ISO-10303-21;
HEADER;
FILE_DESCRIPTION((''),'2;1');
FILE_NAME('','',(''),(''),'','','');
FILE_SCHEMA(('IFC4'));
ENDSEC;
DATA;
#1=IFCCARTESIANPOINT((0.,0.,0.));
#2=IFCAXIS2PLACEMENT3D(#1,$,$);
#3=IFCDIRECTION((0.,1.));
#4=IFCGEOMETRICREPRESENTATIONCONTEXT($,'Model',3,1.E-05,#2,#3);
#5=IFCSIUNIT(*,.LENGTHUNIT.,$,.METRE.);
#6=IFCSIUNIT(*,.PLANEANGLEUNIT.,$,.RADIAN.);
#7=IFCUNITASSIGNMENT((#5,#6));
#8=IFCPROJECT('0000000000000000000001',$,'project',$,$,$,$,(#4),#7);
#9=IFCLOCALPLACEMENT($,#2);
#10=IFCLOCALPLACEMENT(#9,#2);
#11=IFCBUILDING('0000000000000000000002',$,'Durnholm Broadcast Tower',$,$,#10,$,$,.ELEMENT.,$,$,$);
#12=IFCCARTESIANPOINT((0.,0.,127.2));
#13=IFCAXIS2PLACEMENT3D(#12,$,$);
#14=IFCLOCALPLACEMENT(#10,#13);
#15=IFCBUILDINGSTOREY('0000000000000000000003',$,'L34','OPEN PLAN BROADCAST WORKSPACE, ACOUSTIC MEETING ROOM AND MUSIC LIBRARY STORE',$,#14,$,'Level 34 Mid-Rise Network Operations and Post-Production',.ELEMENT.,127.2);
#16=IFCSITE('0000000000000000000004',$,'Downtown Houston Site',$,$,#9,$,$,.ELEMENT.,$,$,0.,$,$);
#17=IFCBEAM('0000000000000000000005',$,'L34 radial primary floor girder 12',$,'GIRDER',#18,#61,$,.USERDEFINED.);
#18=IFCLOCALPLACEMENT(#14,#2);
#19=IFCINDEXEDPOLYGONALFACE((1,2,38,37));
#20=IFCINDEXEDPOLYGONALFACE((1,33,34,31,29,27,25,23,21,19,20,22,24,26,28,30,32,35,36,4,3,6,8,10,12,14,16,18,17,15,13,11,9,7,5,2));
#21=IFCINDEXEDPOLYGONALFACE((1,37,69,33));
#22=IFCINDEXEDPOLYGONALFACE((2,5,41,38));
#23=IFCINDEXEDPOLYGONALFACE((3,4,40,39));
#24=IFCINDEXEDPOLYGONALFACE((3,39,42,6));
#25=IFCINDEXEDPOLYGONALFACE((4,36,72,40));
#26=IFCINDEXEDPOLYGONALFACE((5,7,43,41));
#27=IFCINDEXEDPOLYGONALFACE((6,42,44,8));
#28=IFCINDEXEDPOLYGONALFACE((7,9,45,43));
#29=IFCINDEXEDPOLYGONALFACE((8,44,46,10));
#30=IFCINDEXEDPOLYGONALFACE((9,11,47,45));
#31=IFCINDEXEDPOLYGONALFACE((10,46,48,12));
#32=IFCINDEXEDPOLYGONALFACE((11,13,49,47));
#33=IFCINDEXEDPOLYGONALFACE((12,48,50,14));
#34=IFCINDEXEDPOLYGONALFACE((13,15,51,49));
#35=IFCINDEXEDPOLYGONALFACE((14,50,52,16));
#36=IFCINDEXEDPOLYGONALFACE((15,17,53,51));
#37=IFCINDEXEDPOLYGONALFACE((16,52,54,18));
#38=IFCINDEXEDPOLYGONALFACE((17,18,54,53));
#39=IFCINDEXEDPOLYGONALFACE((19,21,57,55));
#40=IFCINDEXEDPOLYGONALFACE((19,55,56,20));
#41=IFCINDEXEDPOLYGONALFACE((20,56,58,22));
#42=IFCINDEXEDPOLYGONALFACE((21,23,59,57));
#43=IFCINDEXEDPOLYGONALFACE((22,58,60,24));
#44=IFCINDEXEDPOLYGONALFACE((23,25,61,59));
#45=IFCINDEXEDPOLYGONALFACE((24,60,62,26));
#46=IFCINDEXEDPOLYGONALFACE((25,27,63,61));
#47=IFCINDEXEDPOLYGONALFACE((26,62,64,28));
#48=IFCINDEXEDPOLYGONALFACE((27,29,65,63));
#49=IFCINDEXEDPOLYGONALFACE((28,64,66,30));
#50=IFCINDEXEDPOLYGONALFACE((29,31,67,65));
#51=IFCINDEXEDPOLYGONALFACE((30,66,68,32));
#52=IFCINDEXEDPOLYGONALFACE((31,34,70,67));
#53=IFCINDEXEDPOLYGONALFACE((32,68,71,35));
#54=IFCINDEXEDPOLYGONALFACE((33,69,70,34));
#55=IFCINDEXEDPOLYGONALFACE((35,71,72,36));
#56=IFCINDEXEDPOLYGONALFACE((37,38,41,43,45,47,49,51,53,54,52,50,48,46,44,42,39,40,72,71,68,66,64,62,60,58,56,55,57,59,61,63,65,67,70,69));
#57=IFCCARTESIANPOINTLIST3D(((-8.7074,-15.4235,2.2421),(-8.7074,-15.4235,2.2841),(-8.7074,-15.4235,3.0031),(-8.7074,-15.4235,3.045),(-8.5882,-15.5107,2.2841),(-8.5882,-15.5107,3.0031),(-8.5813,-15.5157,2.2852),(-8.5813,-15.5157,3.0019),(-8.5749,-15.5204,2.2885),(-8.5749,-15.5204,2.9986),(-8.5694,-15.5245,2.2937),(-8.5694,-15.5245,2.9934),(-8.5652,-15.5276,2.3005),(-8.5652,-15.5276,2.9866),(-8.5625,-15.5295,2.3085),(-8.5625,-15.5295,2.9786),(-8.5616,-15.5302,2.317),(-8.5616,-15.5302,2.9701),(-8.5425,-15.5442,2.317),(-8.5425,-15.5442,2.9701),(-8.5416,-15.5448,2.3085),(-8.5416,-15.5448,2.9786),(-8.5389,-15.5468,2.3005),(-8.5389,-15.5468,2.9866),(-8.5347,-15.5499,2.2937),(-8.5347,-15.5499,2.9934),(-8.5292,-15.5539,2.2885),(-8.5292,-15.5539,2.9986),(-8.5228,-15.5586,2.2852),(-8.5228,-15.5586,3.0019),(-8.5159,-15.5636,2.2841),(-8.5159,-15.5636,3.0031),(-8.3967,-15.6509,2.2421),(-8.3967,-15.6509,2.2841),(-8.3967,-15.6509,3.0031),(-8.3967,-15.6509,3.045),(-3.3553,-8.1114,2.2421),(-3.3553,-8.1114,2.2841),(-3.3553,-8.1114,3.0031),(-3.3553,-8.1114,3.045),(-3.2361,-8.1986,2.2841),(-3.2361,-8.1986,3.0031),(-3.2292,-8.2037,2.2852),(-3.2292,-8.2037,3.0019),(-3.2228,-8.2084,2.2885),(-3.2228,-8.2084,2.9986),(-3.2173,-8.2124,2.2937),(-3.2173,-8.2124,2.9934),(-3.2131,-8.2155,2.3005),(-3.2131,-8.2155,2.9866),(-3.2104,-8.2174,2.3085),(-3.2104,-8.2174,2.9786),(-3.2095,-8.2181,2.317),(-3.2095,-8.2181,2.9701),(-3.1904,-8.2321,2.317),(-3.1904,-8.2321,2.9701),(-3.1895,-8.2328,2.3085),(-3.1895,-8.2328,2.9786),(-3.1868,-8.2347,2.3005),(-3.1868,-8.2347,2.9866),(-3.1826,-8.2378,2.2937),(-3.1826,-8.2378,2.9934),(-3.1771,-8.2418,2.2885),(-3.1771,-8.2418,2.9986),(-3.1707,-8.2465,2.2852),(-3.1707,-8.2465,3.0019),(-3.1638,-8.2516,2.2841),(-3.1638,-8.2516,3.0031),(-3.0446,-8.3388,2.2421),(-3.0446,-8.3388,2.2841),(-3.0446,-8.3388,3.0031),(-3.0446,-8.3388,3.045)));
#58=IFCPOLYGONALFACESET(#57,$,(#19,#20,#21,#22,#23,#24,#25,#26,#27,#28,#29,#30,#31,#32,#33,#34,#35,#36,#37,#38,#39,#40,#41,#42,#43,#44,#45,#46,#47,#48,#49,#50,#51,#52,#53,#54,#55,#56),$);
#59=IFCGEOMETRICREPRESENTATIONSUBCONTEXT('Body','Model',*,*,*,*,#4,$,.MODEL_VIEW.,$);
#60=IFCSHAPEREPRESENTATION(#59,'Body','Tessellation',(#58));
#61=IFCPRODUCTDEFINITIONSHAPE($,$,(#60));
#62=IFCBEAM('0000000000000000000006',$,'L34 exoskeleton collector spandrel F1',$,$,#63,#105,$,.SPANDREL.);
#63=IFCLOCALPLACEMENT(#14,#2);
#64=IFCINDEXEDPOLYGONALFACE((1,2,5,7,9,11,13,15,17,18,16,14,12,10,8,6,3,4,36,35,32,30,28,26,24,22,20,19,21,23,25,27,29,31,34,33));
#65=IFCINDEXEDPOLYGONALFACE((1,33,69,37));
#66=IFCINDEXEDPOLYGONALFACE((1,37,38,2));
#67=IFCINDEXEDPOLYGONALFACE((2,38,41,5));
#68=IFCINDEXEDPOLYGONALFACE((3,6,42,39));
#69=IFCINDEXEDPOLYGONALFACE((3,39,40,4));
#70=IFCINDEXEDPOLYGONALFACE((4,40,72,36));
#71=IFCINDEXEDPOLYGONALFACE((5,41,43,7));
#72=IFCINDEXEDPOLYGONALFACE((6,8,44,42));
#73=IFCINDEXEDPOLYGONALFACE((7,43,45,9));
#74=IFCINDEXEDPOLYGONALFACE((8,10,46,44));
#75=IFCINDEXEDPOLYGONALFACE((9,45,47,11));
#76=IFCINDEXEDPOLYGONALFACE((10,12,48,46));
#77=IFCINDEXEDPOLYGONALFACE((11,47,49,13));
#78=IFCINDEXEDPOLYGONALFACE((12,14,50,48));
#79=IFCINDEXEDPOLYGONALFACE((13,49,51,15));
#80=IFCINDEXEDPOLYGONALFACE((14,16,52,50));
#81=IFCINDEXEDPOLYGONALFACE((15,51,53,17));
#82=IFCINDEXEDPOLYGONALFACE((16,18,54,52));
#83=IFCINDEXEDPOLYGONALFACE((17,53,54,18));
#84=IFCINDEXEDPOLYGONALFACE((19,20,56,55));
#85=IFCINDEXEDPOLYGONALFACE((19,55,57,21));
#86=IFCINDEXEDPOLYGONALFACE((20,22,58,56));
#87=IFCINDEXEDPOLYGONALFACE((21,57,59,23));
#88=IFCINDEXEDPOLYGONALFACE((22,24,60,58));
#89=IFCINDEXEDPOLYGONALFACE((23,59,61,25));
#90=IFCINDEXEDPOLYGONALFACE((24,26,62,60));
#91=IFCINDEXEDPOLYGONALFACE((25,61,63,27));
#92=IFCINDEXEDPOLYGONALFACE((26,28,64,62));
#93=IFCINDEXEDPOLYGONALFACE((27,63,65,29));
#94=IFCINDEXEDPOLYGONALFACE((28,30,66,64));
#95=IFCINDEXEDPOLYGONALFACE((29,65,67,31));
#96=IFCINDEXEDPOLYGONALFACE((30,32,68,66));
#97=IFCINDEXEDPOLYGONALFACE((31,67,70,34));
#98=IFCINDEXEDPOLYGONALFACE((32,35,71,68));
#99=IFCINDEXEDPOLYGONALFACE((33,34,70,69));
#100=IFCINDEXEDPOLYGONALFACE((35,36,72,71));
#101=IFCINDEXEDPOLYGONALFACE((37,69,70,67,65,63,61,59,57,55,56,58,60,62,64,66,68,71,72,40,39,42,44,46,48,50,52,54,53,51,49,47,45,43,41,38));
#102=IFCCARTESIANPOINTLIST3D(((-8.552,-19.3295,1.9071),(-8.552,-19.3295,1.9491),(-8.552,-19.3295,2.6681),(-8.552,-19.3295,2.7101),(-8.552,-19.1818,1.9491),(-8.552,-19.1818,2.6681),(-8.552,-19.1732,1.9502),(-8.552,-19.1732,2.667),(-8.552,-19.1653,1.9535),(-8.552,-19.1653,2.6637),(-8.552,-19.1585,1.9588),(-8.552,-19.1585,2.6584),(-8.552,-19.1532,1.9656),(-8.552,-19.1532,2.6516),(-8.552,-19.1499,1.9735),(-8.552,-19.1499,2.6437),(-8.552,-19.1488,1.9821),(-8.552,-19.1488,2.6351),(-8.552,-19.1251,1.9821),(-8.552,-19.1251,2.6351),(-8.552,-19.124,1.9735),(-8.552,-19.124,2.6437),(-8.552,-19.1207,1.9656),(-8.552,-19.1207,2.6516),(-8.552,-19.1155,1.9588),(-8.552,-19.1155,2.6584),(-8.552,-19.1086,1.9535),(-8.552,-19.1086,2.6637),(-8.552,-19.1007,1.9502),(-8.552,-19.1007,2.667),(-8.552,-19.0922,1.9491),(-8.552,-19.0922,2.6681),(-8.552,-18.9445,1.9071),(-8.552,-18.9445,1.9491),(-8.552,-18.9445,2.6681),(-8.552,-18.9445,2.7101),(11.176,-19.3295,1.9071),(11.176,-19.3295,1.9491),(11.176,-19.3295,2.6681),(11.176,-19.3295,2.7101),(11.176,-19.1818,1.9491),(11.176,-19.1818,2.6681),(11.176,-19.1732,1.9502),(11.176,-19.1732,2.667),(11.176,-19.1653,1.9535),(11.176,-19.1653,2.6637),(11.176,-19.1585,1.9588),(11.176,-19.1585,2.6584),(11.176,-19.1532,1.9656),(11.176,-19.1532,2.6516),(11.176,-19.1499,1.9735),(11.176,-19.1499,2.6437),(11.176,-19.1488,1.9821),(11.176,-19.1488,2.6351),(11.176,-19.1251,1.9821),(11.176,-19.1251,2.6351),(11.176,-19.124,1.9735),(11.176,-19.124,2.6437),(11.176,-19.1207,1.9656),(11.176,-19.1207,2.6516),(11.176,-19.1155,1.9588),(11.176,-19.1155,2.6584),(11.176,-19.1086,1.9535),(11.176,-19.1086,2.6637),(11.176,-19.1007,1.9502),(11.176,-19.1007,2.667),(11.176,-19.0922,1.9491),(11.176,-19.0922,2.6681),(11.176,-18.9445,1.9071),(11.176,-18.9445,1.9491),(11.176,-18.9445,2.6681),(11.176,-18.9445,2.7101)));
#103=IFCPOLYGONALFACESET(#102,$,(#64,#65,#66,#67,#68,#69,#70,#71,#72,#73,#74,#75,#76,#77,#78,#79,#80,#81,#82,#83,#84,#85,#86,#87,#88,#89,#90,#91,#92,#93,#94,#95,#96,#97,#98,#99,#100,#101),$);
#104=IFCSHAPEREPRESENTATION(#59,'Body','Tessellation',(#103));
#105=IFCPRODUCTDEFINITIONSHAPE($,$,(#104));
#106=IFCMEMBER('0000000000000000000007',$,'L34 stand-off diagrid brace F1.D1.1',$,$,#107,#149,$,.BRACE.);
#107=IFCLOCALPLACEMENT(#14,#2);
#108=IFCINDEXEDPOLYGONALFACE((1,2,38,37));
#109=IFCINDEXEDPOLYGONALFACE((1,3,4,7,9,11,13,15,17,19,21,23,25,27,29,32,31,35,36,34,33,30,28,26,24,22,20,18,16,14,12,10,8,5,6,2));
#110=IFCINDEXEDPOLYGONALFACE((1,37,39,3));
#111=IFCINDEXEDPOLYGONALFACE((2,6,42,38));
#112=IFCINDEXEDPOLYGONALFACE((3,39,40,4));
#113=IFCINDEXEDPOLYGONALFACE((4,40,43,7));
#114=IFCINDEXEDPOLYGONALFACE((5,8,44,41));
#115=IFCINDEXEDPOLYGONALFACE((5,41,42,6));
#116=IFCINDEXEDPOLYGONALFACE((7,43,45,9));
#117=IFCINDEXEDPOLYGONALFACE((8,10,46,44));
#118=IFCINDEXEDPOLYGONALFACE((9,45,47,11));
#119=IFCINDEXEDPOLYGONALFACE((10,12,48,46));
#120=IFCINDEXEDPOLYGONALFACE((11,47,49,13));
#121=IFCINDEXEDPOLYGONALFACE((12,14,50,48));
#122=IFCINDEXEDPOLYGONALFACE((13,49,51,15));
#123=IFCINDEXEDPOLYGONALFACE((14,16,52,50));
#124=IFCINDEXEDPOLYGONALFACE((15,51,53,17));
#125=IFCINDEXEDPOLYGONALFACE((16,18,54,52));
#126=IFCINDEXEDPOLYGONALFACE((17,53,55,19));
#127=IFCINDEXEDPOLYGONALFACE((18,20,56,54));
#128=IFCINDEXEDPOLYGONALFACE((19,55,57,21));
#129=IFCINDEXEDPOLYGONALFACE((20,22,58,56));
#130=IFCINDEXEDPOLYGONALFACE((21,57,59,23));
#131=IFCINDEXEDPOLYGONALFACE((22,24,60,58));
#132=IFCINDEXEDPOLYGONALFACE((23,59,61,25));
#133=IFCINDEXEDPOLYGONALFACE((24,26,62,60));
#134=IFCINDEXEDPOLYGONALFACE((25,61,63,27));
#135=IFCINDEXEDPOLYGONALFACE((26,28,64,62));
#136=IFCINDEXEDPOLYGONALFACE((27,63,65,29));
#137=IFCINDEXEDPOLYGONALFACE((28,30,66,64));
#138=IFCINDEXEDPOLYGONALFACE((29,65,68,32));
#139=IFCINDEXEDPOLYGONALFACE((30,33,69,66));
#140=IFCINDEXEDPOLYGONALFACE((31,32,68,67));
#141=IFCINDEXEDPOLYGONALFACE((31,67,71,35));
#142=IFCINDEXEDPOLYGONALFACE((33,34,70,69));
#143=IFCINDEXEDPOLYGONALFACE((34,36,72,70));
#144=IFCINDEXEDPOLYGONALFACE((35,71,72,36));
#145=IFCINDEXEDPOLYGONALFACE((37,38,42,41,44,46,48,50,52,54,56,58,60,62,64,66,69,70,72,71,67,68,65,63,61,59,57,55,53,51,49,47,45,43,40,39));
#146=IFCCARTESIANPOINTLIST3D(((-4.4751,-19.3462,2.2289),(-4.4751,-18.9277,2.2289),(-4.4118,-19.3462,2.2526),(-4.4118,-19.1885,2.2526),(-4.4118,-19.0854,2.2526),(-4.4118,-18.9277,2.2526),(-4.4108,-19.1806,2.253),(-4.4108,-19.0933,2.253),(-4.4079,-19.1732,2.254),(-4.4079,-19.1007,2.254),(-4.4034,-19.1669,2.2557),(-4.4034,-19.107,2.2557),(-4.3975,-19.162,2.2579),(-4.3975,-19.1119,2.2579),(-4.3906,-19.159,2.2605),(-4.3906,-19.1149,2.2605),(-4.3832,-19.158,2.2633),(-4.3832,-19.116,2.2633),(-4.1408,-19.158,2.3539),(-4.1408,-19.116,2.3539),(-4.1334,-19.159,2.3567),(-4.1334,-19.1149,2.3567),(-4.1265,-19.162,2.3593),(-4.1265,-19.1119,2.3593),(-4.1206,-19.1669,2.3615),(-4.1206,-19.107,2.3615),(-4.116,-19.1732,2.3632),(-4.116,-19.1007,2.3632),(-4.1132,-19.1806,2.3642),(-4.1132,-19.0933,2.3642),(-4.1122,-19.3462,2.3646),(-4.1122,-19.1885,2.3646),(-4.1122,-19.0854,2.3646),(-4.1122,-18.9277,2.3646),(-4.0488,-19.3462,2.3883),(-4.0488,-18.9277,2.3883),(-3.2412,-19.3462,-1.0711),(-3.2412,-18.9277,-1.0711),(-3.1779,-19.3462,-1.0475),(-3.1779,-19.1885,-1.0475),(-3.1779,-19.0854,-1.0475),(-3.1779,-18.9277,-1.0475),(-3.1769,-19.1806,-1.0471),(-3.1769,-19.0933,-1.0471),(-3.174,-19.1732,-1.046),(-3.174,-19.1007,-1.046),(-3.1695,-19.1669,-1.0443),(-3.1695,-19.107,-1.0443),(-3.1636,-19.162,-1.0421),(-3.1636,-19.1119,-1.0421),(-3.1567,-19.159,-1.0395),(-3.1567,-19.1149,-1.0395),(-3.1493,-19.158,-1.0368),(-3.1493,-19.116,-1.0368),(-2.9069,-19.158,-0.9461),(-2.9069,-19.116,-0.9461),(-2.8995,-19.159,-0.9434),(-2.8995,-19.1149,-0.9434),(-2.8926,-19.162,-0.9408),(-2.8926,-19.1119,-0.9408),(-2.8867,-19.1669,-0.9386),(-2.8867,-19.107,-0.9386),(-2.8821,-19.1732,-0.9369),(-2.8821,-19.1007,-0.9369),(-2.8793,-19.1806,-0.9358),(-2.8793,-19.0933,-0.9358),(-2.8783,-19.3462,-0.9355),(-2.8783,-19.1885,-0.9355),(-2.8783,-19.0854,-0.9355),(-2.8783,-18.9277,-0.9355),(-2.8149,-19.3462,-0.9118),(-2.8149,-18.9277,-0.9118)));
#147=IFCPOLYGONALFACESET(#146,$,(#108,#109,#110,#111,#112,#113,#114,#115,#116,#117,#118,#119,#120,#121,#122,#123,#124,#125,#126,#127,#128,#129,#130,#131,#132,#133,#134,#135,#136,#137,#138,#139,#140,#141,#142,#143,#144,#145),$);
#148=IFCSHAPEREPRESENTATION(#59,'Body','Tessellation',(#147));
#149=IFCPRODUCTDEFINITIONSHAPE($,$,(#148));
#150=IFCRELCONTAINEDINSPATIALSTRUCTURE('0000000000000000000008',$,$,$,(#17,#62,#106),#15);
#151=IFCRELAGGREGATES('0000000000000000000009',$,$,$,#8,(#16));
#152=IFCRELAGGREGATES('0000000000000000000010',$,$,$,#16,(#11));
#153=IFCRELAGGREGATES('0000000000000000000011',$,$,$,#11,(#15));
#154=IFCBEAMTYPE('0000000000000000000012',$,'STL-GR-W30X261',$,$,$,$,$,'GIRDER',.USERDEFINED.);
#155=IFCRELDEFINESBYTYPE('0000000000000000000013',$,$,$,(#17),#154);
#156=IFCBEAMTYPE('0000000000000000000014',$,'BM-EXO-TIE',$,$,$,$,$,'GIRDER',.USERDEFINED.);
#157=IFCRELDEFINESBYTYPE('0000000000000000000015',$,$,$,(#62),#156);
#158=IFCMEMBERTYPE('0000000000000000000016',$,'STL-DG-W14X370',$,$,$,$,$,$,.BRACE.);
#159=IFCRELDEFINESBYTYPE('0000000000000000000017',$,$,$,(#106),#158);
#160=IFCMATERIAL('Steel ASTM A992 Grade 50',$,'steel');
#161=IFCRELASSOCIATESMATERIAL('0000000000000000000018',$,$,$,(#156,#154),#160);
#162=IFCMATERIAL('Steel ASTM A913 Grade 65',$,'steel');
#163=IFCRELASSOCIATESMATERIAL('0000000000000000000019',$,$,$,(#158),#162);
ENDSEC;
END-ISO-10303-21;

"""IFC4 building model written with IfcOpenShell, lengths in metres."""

from ifc_helpers import new_model, si_unit, direction, frame, origin, origin_2d, place, context, subcontext, project, spatial, i_section, extrude, source, transform, mapped, material, material_profile, profile_set, type_object, type_shapes, element, save


model = new_model("IFC4")

# Units and contexts
model_context = context("Model", 3, precision=1e-05, world=origin(), true_north=direction((0.0, 1.0)))
body_context = subcontext(model_context, "Body", "Model", "MODEL_VIEW")
ifc_project = project(units=[si_unit("LENGTHUNIT", "METRE"), si_unit("PLANEANGLEUNIT", "RADIAN")], contexts=[model_context])

# Site, building, storey
site_placement = place(None, origin())
site = spatial("IfcSite", under=ifc_project, at=site_placement, Name="Downtown Houston Site", CompositionType="ELEMENT", RefElevation=0.0)
building_placement = place(site_placement, origin())
building = spatial("IfcBuilding", under=site, at=building_placement, Name="Durnholm Broadcast Tower", CompositionType="ELEMENT")
storey_placement = place(building_placement, frame((0.0, 0.0, 127.2)))
storey = spatial("IfcBuildingStorey", under=building, at=storey_placement, Name="L34", Description="OPEN PLAN BROADCAST WORKSPACE, ACOUSTIC MEETING ROOM AND MUSIC LIBRARY STORE", LongName="Level 34 Mid-Rise Network Operations and Post-Production", CompositionType="ELEMENT", Elevation=127.2)

# Beams
ifc_material_1 = material(Name="Steel ASTM A992 Grade 50", Category="steel")
ifc_material_profile_1 = material_profile(ifc_material_1, i_section(OverallWidth=0.385, OverallDepth=0.803, WebThickness=0.0237, FlangeThickness=0.042, FilletRadius=0.033, at=origin_2d()), Name="W30X261")
ifc_profile_set_1 = profile_set([ifc_material_profile_1], Name="Steel ASTM A992 Grade 50")
beam_type_1 = type_object("IfcBeamType", Name="BM-EXO-TIE", ElementType="GIRDER", PredefinedType="USERDEFINED", material=ifc_profile_set_1)
ifc_material_profile_2 = material_profile(ifc_material_1, i_section(OverallWidth=0.385, OverallDepth=0.803, WebThickness=0.0237, FlangeThickness=0.042, FilletRadius=0.033, at=origin_2d()), Name="W30X261")
ifc_profile_set_2 = profile_set([ifc_material_profile_2], Name="Steel ASTM A992 Grade 50")
beam_type_2 = type_object("IfcBeamType", Name="STL-GR-W30X261", ElementType="GIRDER", PredefinedType="USERDEFINED", material=ifc_profile_set_2)
shared_shape_1 = source(origin(), body_context, "Body", "SweptSolid", [
    extrude(i_section(OverallWidth=0.385, OverallDepth=0.803, WebThickness=0.0237, FlangeThickness=0.042, FilletRadius=0.033, at=origin_2d()), origin(), (0.0, 0.0, 1.0), 9.0615),
])
beam_1_placement = place(storey_placement, frame((-3.2, -8.2251, 2.6436), z_axis=(-0.590639, -0.806936, 0.0), x_axis=(0.806936, -0.590639, 0.0)))
element("IfcBeam", 1, at=beam_1_placement, inside=storey, type_object=beam_type_2, Name="L34 radial primary floor girder 12", ObjectType="GIRDER", PredefinedType="USERDEFINED", context=body_context, shape_type="MappedRepresentation", body=[
    mapped(shared_shape_1, transform((0.0, 0.0, 0.0), x_axis=(1.0, 0.0, 0.0), y_axis=(0.0, 1.0, 0.0), z_axis=(0.0, 0.0, 1.0), scale=1.0)),
])
shared_shape_2 = source(origin(), body_context, "Body", "SweptSolid", [
    extrude(i_section(OverallWidth=0.385, OverallDepth=0.803, WebThickness=0.0237, FlangeThickness=0.042, FilletRadius=0.033, at=origin_2d()), origin(), (0.0, 0.0, 1.0), 19.728),
])
beam_2_placement = place(storey_placement, frame((-8.552, -19.137, 2.3086), z_axis=(1.0, 0.0, 0.0), x_axis=(0.0, 1.0, 0.0)))
element("IfcBeam", 2, at=beam_2_placement, inside=storey, type_object=beam_type_1, Name="L34 exoskeleton collector spandrel F1", PredefinedType="SPANDREL", context=body_context, shape_type="MappedRepresentation", body=[
    mapped(shared_shape_2, transform((0.0, 0.0, 0.0), x_axis=(1.0, 0.0, 0.0), y_axis=(0.0, 1.0, 0.0), z_axis=(0.0, 0.0, 1.0), scale=1.0)),
])

# Member
ifc_material_2 = material(Name="Steel ASTM A913 Grade 65", Category="steel")
ifc_material_profile_3 = material_profile(ifc_material_2, i_section(OverallWidth=0.4185, OverallDepth=0.4551, WebThickness=0.042, FlangeThickness=0.0676, FilletRadius=0.0305, at=origin_2d()), Name="W14X370")
ifc_profile_set_3 = profile_set([ifc_material_profile_3], Name="Steel ASTM A913 Grade 65")
member_type_1 = type_object("IfcMemberType", Name="STL-DG-W14X370", PredefinedType="BRACE", material=ifc_profile_set_3)
shared_shape_3 = source(origin(), body_context, "Body", "SweptSolid", [
    extrude(i_section(OverallWidth=0.4185, OverallDepth=0.4551, WebThickness=0.042, FlangeThickness=0.0676, FilletRadius=0.0305, at=origin_2d()), origin(), (0.0, 0.0, 1.0), 3.5232),
])
type_shapes(member_type_1, [shared_shape_3])
for number, where, z_axis, x_axis, name in (
    (3, (-3.0281, -19.137, -0.9915), (-0.35022, 0.0, 0.936668), (0.0, -1.0, 0.0), "L34 stand-off diagrid brace F1.D1.1"),
):
    element("IfcMember", number, at=place(storey_placement, frame(where, z_axis=z_axis, x_axis=x_axis)), inside=storey, type_object=member_type_1, Name=name, PredefinedType="BRACE", context=body_context, shape_type="MappedRepresentation", body=[
        mapped(shared_shape_3, transform((0.0, 0.0, 0.0), x_axis=(1.0, 0.0, 0.0), y_axis=(0.0, 1.0, 0.0), z_axis=(0.0, 0.0, 1.0), scale=1.0)),
    ])

save(model, "model.ifc")
